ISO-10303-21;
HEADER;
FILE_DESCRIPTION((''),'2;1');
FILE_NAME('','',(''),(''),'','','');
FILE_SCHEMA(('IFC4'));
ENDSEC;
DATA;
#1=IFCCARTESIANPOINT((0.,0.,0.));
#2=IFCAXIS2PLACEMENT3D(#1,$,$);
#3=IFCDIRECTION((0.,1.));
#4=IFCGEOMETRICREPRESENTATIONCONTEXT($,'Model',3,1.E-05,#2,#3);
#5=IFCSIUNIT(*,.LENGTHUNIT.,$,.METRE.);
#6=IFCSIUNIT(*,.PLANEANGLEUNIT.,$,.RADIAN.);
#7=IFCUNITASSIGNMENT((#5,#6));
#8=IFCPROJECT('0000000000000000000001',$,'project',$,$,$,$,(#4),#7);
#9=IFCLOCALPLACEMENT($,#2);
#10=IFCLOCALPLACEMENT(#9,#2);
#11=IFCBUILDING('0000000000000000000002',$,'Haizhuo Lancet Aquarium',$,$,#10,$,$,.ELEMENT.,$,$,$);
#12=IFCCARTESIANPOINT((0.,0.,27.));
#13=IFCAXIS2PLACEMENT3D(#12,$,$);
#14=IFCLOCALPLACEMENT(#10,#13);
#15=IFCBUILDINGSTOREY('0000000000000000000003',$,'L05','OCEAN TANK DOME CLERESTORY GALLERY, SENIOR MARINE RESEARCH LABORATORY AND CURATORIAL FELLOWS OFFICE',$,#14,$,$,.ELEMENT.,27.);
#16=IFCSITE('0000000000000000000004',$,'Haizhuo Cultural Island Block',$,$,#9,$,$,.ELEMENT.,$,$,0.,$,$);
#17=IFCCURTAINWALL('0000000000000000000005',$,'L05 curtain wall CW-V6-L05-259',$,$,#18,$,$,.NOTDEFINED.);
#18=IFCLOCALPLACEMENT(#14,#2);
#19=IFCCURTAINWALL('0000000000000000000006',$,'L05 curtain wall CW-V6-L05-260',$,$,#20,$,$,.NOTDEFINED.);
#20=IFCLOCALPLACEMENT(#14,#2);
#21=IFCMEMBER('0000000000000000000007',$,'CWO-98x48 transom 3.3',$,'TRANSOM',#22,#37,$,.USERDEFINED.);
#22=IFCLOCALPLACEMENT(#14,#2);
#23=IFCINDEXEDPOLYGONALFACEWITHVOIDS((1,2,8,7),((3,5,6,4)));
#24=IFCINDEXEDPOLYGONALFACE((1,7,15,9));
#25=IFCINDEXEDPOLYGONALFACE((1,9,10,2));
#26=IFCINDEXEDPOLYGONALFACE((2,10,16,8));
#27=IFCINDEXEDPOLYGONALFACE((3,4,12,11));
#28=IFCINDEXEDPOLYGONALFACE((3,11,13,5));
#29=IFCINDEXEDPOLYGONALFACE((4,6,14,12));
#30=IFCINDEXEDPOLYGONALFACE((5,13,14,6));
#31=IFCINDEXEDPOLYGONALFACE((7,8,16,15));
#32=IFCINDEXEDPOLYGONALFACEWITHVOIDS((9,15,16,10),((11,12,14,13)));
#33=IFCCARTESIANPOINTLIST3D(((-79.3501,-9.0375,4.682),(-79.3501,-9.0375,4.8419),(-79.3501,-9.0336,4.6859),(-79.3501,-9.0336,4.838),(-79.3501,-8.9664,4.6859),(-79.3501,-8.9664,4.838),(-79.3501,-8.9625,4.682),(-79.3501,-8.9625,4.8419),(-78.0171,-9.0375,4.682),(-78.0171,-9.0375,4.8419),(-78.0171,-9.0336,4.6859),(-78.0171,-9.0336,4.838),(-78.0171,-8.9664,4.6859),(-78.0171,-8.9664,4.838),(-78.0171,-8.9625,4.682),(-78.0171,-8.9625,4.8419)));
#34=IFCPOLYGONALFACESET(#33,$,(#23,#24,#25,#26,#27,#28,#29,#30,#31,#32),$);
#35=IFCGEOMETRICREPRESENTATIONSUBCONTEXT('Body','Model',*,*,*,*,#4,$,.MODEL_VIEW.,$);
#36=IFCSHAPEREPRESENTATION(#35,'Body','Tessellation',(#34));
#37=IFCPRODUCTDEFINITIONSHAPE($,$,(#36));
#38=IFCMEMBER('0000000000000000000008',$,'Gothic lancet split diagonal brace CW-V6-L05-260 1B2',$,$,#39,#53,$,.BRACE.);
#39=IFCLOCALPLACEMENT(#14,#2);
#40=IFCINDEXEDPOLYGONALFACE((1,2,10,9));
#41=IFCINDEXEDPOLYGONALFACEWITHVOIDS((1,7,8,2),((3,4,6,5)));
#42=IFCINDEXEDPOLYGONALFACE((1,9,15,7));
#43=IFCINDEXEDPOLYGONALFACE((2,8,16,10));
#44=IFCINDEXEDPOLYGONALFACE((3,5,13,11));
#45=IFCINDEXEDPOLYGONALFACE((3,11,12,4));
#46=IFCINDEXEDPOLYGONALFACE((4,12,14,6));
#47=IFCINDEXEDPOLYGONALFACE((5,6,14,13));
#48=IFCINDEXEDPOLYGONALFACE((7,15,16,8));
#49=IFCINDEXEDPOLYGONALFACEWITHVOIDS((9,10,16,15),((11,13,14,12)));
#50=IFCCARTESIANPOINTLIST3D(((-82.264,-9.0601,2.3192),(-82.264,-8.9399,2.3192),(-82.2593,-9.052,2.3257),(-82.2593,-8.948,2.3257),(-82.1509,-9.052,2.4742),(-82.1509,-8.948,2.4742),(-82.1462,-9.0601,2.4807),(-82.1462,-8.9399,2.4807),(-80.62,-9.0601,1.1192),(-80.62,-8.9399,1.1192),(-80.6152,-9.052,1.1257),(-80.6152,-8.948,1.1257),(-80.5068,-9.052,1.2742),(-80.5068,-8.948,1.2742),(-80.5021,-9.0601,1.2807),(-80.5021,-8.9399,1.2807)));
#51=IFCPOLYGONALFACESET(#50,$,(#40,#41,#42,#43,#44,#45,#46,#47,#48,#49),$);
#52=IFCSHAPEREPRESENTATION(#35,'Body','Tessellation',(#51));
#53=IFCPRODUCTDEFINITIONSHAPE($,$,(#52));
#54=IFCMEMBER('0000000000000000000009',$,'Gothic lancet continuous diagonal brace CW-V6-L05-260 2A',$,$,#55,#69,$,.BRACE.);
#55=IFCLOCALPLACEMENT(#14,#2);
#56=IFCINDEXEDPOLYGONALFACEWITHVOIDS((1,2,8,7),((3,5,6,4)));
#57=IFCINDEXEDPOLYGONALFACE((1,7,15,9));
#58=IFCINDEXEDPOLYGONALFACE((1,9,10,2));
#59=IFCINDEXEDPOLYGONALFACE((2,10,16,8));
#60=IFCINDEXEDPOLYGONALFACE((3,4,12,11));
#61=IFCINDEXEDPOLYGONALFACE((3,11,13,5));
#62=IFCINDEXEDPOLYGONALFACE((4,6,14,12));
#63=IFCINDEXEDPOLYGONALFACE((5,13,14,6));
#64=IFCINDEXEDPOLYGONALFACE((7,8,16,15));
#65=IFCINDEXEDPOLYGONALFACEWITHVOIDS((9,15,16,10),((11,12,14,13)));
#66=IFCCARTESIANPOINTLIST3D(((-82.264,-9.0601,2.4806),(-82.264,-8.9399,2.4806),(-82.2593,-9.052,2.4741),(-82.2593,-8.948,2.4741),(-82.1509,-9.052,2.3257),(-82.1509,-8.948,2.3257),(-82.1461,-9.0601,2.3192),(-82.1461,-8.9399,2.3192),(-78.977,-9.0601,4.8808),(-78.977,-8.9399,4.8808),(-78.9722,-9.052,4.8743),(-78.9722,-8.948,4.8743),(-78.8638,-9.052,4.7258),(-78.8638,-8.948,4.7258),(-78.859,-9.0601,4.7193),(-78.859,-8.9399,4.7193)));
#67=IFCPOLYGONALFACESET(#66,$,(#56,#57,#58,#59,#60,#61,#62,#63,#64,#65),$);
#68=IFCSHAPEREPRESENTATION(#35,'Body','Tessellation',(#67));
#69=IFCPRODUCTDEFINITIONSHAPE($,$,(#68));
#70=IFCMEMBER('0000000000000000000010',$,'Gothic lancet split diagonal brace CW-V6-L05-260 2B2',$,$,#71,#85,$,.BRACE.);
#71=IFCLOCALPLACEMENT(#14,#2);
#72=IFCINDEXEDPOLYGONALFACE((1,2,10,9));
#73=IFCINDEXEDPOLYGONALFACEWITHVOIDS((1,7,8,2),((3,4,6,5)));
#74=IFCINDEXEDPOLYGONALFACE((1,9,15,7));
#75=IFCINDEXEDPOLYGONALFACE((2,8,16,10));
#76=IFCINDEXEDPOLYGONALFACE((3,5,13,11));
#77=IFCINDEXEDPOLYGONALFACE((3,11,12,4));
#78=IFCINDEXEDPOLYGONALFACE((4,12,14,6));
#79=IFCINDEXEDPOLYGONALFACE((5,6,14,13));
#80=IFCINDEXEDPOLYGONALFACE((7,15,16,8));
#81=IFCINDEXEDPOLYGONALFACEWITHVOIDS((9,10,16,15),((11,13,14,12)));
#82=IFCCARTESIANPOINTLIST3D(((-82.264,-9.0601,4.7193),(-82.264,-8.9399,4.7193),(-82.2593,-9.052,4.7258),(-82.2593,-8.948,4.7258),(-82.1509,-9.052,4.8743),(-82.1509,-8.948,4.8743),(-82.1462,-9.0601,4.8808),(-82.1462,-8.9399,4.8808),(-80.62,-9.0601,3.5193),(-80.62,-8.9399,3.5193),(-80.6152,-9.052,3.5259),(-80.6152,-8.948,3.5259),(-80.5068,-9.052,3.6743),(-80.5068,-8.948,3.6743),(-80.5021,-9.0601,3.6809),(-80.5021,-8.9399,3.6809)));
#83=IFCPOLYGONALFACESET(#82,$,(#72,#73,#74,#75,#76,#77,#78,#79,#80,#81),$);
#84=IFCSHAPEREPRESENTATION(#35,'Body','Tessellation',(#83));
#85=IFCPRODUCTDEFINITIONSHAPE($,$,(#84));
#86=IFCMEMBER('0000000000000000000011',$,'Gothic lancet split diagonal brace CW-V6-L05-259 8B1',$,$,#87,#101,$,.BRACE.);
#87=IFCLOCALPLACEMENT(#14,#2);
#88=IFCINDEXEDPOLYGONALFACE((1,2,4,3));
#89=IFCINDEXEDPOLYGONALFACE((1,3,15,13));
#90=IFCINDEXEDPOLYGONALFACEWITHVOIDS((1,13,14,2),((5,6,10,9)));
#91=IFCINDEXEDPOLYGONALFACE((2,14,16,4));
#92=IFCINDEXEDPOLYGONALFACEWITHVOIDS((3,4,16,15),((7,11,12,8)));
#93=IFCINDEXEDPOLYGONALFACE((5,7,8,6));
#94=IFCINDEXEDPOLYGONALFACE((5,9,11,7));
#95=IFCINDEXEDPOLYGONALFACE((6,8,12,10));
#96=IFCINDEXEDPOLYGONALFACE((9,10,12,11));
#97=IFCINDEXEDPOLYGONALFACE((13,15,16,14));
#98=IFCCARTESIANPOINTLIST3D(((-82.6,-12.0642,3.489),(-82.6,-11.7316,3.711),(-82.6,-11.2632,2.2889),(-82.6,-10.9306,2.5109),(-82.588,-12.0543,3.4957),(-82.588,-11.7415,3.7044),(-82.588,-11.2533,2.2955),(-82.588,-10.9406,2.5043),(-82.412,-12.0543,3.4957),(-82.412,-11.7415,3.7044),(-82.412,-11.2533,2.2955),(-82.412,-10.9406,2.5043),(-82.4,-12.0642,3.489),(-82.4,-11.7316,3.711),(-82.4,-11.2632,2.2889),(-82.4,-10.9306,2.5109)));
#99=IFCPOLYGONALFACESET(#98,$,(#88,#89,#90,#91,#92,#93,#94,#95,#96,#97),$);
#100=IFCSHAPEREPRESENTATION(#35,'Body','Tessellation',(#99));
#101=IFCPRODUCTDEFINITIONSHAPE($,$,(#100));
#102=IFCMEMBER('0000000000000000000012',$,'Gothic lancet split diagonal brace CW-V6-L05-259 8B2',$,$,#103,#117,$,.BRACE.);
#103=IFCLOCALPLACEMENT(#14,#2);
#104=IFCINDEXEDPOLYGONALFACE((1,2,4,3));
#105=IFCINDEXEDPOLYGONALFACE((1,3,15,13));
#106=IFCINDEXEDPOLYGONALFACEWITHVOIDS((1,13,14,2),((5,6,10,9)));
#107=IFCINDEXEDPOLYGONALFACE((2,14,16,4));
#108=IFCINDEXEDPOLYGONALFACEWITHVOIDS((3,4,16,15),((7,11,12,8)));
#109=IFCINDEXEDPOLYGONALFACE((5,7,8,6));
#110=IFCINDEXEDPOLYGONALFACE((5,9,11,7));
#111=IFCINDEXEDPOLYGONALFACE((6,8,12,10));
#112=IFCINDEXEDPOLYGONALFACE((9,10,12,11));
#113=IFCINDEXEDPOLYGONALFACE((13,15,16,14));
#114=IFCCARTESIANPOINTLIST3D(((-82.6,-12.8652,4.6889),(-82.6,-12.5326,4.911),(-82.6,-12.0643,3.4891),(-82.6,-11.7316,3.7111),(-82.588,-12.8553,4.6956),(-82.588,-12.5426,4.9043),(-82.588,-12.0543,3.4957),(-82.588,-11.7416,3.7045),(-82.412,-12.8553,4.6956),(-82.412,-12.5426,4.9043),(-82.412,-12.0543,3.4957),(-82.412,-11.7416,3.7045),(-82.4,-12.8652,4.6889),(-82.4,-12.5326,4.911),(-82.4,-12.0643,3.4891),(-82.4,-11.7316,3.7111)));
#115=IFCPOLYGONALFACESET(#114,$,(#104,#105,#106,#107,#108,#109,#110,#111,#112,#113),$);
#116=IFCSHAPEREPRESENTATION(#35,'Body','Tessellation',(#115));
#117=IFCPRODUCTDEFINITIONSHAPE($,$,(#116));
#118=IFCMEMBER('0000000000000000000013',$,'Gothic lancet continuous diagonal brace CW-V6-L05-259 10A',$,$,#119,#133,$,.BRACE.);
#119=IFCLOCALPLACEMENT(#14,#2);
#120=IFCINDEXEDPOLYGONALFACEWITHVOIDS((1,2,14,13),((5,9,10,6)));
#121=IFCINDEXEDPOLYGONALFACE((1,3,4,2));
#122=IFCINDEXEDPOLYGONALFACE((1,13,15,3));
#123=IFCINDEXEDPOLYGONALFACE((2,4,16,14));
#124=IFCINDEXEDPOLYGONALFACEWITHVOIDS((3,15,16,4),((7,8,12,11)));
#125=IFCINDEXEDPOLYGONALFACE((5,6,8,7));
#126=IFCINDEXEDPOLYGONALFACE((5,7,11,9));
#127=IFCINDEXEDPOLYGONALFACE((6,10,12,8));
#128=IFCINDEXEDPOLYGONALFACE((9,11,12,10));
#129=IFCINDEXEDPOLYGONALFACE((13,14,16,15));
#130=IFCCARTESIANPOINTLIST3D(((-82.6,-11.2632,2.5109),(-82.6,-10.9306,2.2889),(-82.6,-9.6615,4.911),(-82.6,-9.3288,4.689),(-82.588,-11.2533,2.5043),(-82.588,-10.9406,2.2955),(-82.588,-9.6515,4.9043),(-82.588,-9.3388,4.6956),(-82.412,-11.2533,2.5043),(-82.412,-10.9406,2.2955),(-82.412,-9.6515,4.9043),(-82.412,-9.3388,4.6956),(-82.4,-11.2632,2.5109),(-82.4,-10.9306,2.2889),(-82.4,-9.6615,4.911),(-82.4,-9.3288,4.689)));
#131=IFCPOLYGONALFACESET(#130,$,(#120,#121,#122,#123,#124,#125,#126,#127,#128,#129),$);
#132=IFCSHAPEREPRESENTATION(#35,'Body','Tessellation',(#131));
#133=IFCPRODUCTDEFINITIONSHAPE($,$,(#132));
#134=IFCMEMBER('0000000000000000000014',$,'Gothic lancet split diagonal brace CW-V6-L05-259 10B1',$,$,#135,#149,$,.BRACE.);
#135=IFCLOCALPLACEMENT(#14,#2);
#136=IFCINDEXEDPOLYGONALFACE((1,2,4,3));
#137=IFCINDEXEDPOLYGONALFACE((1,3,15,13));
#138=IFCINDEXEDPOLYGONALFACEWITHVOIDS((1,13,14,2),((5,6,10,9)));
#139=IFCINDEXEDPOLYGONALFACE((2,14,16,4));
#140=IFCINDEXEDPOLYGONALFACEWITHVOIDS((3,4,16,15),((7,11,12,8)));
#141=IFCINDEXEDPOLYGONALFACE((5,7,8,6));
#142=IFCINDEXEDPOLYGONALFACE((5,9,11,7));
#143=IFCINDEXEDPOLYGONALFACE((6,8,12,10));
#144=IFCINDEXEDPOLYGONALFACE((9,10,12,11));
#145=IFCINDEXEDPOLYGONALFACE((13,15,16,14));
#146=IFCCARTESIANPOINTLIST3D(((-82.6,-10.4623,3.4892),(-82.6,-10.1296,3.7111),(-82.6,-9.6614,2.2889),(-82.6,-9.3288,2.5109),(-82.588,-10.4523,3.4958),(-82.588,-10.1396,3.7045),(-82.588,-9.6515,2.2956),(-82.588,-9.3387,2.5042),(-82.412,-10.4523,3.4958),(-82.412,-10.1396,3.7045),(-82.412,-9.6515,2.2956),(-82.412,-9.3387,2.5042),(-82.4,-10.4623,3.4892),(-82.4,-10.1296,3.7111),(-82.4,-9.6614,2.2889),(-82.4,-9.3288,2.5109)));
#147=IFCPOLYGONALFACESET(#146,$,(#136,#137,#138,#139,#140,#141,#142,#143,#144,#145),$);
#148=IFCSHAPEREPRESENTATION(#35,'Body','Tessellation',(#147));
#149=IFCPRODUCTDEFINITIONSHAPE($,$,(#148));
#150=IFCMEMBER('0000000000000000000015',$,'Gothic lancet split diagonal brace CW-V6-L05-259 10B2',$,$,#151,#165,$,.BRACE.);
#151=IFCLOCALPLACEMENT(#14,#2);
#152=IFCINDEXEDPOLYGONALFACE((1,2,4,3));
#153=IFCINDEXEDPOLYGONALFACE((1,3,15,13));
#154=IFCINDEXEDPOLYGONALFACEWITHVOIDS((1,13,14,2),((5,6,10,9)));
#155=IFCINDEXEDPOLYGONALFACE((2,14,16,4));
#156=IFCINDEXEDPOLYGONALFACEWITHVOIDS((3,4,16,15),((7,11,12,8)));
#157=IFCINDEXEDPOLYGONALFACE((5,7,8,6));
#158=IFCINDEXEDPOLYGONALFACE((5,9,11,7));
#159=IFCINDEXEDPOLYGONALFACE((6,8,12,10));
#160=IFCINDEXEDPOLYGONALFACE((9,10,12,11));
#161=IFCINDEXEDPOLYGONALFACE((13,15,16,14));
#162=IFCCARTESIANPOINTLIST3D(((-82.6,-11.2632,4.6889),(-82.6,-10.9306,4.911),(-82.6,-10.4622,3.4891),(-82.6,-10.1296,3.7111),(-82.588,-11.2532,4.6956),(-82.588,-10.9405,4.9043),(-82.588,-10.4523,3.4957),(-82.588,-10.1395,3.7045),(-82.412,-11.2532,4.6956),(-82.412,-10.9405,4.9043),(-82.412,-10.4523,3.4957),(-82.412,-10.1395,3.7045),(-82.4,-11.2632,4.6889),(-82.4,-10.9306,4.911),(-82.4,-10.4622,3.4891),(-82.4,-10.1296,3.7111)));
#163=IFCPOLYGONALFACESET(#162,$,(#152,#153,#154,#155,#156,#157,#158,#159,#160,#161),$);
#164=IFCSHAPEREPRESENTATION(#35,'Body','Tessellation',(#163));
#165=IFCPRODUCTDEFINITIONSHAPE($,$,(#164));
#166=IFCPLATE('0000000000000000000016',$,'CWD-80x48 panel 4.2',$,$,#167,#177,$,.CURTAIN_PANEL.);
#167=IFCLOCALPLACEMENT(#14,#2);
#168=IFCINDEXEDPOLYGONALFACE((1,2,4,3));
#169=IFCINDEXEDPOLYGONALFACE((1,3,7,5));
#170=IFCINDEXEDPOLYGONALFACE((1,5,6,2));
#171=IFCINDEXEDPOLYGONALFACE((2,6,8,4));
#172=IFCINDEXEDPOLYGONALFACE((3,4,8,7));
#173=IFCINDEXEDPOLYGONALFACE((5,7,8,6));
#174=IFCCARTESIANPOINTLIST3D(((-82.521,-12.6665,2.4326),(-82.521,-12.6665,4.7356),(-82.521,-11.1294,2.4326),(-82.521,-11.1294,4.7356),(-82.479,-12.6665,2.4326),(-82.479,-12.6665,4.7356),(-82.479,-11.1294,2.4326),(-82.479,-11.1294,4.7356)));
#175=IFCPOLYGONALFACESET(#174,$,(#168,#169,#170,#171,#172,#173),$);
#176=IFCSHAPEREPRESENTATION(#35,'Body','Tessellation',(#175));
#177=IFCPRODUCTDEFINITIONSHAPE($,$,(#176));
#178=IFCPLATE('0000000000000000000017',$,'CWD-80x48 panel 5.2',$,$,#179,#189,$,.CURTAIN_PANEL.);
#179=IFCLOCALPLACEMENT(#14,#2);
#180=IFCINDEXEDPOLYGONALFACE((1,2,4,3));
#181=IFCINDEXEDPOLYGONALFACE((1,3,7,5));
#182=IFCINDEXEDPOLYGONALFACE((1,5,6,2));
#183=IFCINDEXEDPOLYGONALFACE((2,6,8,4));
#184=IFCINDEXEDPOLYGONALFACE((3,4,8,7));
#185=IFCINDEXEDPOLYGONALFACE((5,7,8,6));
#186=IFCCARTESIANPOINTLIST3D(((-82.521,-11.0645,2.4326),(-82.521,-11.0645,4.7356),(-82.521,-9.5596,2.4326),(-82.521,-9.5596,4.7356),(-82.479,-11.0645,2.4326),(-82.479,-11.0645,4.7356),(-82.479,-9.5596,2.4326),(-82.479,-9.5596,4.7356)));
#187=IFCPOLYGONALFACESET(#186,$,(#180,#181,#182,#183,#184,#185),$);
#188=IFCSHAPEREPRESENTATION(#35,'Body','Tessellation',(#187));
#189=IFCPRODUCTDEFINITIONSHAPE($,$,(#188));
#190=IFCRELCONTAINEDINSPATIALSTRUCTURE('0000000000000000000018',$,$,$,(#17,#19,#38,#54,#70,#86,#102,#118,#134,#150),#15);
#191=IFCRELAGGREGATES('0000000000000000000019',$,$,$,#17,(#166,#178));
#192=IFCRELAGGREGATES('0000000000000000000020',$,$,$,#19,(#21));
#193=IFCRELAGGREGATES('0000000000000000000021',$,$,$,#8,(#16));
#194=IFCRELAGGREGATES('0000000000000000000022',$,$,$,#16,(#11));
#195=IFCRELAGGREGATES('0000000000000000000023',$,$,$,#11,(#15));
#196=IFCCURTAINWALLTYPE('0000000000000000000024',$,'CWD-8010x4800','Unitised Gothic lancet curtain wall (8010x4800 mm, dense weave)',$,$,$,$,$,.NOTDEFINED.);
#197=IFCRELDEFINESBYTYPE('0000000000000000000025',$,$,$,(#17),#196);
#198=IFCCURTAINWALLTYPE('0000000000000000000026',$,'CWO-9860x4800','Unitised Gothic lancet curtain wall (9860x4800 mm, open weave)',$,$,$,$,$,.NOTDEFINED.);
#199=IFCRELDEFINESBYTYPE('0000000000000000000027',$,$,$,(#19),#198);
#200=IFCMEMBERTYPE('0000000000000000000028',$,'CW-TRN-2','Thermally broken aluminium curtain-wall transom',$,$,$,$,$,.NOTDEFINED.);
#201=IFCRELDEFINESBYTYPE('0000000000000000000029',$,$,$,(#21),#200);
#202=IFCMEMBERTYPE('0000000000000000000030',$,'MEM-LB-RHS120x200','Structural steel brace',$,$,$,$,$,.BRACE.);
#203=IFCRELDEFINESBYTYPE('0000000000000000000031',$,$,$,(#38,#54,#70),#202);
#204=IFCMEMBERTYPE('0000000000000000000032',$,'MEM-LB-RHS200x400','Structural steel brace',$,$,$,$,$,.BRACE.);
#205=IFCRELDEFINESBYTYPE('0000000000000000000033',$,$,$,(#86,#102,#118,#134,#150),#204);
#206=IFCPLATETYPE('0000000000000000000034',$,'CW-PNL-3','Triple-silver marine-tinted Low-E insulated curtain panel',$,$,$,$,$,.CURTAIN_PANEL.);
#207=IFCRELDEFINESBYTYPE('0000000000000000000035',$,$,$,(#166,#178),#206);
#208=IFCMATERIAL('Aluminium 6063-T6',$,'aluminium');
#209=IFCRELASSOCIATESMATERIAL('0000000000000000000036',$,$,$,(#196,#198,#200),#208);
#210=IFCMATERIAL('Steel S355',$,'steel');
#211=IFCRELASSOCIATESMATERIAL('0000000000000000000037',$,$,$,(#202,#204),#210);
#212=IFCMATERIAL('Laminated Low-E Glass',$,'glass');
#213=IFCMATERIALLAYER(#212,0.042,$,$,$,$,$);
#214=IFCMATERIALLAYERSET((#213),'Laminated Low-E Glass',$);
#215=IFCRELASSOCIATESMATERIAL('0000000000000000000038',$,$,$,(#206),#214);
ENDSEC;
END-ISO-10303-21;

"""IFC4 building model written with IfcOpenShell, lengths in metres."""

from ifc_helpers import new_model, si_unit, direction, frame, origin, origin_2d, place, context, subcontext, project, spatial, rectangle, hollow_rectangle, extrude, material, layer, layer_set, material_profile, profile_set, type_object, element, aggregate, save


model = new_model("IFC4")

# Units and contexts
model_context = context("Model", 3, precision=1e-05, world=origin(), true_north=direction((0.0, 1.0)))
body_context = subcontext(model_context, "Body", "Model", "MODEL_VIEW")
ifc_project = project(units=[si_unit("LENGTHUNIT", "METRE"), si_unit("PLANEANGLEUNIT", "RADIAN")], contexts=[model_context])

# Site, building, storey
site_placement = place(None, origin())
site = spatial("IfcSite", under=ifc_project, at=site_placement, Name="Haizhuo Cultural Island Block", CompositionType="ELEMENT", RefElevation=0.0)
building_placement = place(site_placement, origin())
building = spatial("IfcBuilding", under=site, at=building_placement, Name="Haizhuo Lancet Aquarium", CompositionType="ELEMENT")
storey_placement = place(building_placement, frame((0.0, 0.0, 27.0)))
storey = spatial("IfcBuildingStorey", under=building, at=storey_placement, Name="L05", Description="OCEAN TANK DOME CLERESTORY GALLERY, SENIOR MARINE RESEARCH LABORATORY AND CURATORIAL FELLOWS OFFICE", CompositionType="ELEMENT", Elevation=27.0)

# Shared definitions
ifc_material_1 = material(Name="Steel S355", Category="steel")

# Curtain walls, member
ifc_material_2 = material(Name="Aluminium 6063-T6", Category="aluminium")
curtain_wall_type_1 = type_object("IfcCurtainWallType", Name="CWD-8010x4800", Description="Unitised Gothic lancet curtain wall (8010x4800 mm, dense weave)", PredefinedType="NOTDEFINED", material=ifc_material_2)
curtain_wall_1_placement = place(storey_placement, origin())
curtain_wall_1 = element("IfcCurtainWall", 1, at=curtain_wall_1_placement, inside=storey, type_object=curtain_wall_type_1, Name="L05 curtain wall CW-V6-L05-259", PredefinedType="NOTDEFINED")
curtain_wall_type_2 = type_object("IfcCurtainWallType", Name="CWO-9860x4800", Description="Unitised Gothic lancet curtain wall (9860x4800 mm, open weave)", PredefinedType="NOTDEFINED", material=ifc_material_2)
curtain_wall_2_placement = place(storey_placement, origin())
curtain_wall_2 = element("IfcCurtainWall", 2, at=curtain_wall_2_placement, inside=storey, type_object=curtain_wall_type_2, Name="L05 curtain wall CW-V6-L05-260", PredefinedType="NOTDEFINED")
ifc_material_profile_1 = material_profile(ifc_material_2, hollow_rectangle(XDim=0.075, YDim=0.1599, WallThickness=0.0039, at=origin_2d()), Name="ALU-T 75x160x4")
ifc_profile_set_1 = profile_set([ifc_material_profile_1], Name="Aluminium 6063-T6")
member_type_1 = type_object("IfcMemberType", Name="CW-TRN-2", Description="Thermally broken aluminium curtain-wall transom", PredefinedType="NOTDEFINED", material=ifc_profile_set_1)
member_1_placement = place(storey_placement, frame((-79.3501, -9.0, 4.762), z_axis=(1.0, 0.0, 0.0), x_axis=(0.0, 1.0, 0.0)))
member_1 = element("IfcMember", 3, at=member_1_placement, type_object=member_type_1, Name="CWO-98x48 transom 3.3", ObjectType="TRANSOM", PredefinedType="USERDEFINED", context=body_context, shape_type="SweptSolid", body=[
    extrude(hollow_rectangle(XDim=0.075, YDim=0.1599, WallThickness=0.0039, at=origin_2d()), origin(), (0.0, 0.0, 1.0), 1.333),
])

# Members
ifc_material_profile_2 = material_profile(ifc_material_1, hollow_rectangle(XDim=0.1201, YDim=0.2, WallThickness=0.0081, at=origin_2d()), Name="RHS 120x200x8")
ifc_profile_set_2 = profile_set([ifc_material_profile_2], Name="Steel S355")
member_type_2 = type_object("IfcMemberType", Name="MEM-LB-RHS120x200", Description="Structural steel brace", PredefinedType="BRACE", material=ifc_profile_set_2)
member_2_placement = place(storey_placement, frame((-80.561, -9.0, 1.2), z_axis=(-0.807734, 0.0, 0.589547), x_axis=(0.0, -1.0, 0.0)))
element("IfcMember", 4, at=member_2_placement, inside=storey, type_object=member_type_2, Name="Gothic lancet split diagonal brace CW-V6-L05-260 1B2", PredefinedType="BRACE", context=body_context, shape_type="SweptSolid", body=[
    extrude(hollow_rectangle(XDim=0.1201, YDim=0.2, WallThickness=0.0081, at=origin_2d()), origin(), (0.0, 0.0, 1.0), 2.0354),
])
member_3_placement = place(storey_placement, frame((-82.2051, -9.0, 2.3999), z_axis=(0.807622, 0.0, 0.589701), x_axis=(0.0, 1.0, 0.0)))
element("IfcMember", 5, at=member_3_placement, inside=storey, type_object=member_type_2, Name="Gothic lancet continuous diagonal brace CW-V6-L05-260 2A", PredefinedType="BRACE", context=body_context, shape_type="SweptSolid", body=[
    extrude(hollow_rectangle(XDim=0.1201, YDim=0.2, WallThickness=0.0081, at=origin_2d()), origin(), (0.0, 0.0, 1.0), 4.0701),
])
member_4_placement = place(storey_placement, frame((-80.561, -9.0, 3.6001), z_axis=(-0.807734, 0.0, 0.589547), x_axis=(0.0, -1.0, 0.0)))
element("IfcMember", 6, at=member_4_placement, inside=storey, type_object=member_type_2, Name="Gothic lancet split diagonal brace CW-V6-L05-260 2B2", PredefinedType="BRACE", context=body_context, shape_type="SweptSolid", body=[
    extrude(hollow_rectangle(XDim=0.1201, YDim=0.2, WallThickness=0.0081, at=origin_2d()), origin(), (0.0, 0.0, 1.0), 2.0354),
])
ifc_material_profile_3 = material_profile(ifc_material_1, hollow_rectangle(XDim=0.2, YDim=0.3999, WallThickness=0.012, at=origin_2d()), Name="RHS 200x400x12")
ifc_profile_set_3 = profile_set([ifc_material_profile_3], Name="Steel S355")
member_type_3 = type_object("IfcMemberType", Name="MEM-LB-RHS200x400", Description="Structural steel brace", PredefinedType="BRACE", material=ifc_profile_set_3)
member_5_placement = place(storey_placement, frame((-82.5, -11.0969, 2.3999), z_axis=(0.0, -0.55513, 0.831764), x_axis=(1.0, 0.0, 0.0)))
element("IfcMember", 7, at=member_5_placement, inside=storey, type_object=member_type_3, Name="Gothic lancet split diagonal brace CW-V6-L05-259 8B1", PredefinedType="BRACE", context=body_context, shape_type="SweptSolid", body=[
    extrude(hollow_rectangle(XDim=0.2, YDim=0.3999, WallThickness=0.012, at=origin_2d()), origin(), (0.0, 0.0, 1.0), 1.4429),
])
member_6_placement = place(storey_placement, frame((-82.5, -11.8979, 3.6001), z_axis=(0.0, -0.555208, 0.831712), x_axis=(1.0, 0.0, 0.0)))
element("IfcMember", 8, at=member_6_placement, inside=storey, type_object=member_type_3, Name="Gothic lancet split diagonal brace CW-V6-L05-259 8B2", PredefinedType="BRACE", context=body_context, shape_type="SweptSolid", body=[
    extrude(hollow_rectangle(XDim=0.2, YDim=0.3999, WallThickness=0.012, at=origin_2d()), origin(), (0.0, 0.0, 1.0), 1.4426),
])
member_7_placement = place(storey_placement, frame((-82.5, -11.0969, 2.3999), z_axis=(0.0, 0.55511, 0.831777), x_axis=(-1.0, 0.0, 0.0)))
element("IfcMember", 9, at=member_7_placement, inside=storey, type_object=member_type_3, Name="Gothic lancet continuous diagonal brace CW-V6-L05-259 10A", PredefinedType="BRACE", context=body_context, shape_type="SweptSolid", body=[
    extrude(hollow_rectangle(XDim=0.2, YDim=0.3999, WallThickness=0.012, at=origin_2d()), origin(), (0.0, 0.0, 1.0), 2.8855),
])
member_8_placement = place(storey_placement, frame((-82.5, -9.4951, 2.3999), z_axis=(0.0, -0.555013, 0.831842), x_axis=(1.0, 0.0, 0.0)))
element("IfcMember", 10, at=member_8_placement, inside=storey, type_object=member_type_3, Name="Gothic lancet split diagonal brace CW-V6-L05-259 10B1", PredefinedType="BRACE", context=body_context, shape_type="SweptSolid", body=[
    extrude(hollow_rectangle(XDim=0.2, YDim=0.3999, WallThickness=0.012, at=origin_2d()), origin(), (0.0, 0.0, 1.0), 1.4429),
])
member_9_placement = place(storey_placement, frame((-82.5, -10.2959, 3.6001), z_axis=(0.0, -0.555208, 0.831712), x_axis=(1.0, 0.0, 0.0)))
element("IfcMember", 11, at=member_9_placement, inside=storey, type_object=member_type_3, Name="Gothic lancet split diagonal brace CW-V6-L05-259 10B2", PredefinedType="BRACE", context=body_context, shape_type="SweptSolid", body=[
    extrude(hollow_rectangle(XDim=0.2, YDim=0.3999, WallThickness=0.012, at=origin_2d()), origin(), (0.0, 0.0, 1.0), 1.4426),
])

# Plates
ifc_material_3 = material(Name="Laminated Low-E Glass", Category="glass")
ifc_layer_1 = layer(ifc_material_3, 0.042)
ifc_layer_set_1 = layer_set([ifc_layer_1], Name="Laminated Low-E Glass")
plate_type_1 = type_object("IfcPlateType", Name="CW-PNL-3", Description="Triple-silver marine-tinted Low-E insulated curtain panel", PredefinedType="CURTAIN_PANEL", material=ifc_layer_set_1)
plate_1_placement = place(storey_placement, frame((-82.5, -11.8979, 2.4326), z_axis=(0.0, 0.0, 1.0), x_axis=(0.0, 1.0, 0.0)))
plate_1 = element("IfcPlate", 12, at=plate_1_placement, type_object=plate_type_1, Name="CWD-80x48 panel 4.2", PredefinedType="CURTAIN_PANEL", context=body_context, shape_type="SweptSolid", body=[
    extrude(rectangle(XDim=1.5371, YDim=0.042, at=origin_2d()), origin(), (0.0, 0.0, 1.0), 2.303),
])
plate_2_placement = place(storey_placement, frame((-82.5, -10.312, 2.4326), z_axis=(0.0, 0.0, 1.0), x_axis=(0.0, 1.0, 0.0)))
plate_2 = element("IfcPlate", 13, at=plate_2_placement, type_object=plate_type_1, Name="CWD-80x48 panel 5.2", PredefinedType="CURTAIN_PANEL", context=body_context, shape_type="SweptSolid", body=[
    extrude(rectangle(XDim=1.5049, YDim=0.042, at=origin_2d()), origin(), (0.0, 0.0, 1.0), 2.303),
])
aggregate(curtain_wall_1, [plate_1, plate_2])
aggregate(curtain_wall_2, [member_1])

save(model, "model.ifc")
